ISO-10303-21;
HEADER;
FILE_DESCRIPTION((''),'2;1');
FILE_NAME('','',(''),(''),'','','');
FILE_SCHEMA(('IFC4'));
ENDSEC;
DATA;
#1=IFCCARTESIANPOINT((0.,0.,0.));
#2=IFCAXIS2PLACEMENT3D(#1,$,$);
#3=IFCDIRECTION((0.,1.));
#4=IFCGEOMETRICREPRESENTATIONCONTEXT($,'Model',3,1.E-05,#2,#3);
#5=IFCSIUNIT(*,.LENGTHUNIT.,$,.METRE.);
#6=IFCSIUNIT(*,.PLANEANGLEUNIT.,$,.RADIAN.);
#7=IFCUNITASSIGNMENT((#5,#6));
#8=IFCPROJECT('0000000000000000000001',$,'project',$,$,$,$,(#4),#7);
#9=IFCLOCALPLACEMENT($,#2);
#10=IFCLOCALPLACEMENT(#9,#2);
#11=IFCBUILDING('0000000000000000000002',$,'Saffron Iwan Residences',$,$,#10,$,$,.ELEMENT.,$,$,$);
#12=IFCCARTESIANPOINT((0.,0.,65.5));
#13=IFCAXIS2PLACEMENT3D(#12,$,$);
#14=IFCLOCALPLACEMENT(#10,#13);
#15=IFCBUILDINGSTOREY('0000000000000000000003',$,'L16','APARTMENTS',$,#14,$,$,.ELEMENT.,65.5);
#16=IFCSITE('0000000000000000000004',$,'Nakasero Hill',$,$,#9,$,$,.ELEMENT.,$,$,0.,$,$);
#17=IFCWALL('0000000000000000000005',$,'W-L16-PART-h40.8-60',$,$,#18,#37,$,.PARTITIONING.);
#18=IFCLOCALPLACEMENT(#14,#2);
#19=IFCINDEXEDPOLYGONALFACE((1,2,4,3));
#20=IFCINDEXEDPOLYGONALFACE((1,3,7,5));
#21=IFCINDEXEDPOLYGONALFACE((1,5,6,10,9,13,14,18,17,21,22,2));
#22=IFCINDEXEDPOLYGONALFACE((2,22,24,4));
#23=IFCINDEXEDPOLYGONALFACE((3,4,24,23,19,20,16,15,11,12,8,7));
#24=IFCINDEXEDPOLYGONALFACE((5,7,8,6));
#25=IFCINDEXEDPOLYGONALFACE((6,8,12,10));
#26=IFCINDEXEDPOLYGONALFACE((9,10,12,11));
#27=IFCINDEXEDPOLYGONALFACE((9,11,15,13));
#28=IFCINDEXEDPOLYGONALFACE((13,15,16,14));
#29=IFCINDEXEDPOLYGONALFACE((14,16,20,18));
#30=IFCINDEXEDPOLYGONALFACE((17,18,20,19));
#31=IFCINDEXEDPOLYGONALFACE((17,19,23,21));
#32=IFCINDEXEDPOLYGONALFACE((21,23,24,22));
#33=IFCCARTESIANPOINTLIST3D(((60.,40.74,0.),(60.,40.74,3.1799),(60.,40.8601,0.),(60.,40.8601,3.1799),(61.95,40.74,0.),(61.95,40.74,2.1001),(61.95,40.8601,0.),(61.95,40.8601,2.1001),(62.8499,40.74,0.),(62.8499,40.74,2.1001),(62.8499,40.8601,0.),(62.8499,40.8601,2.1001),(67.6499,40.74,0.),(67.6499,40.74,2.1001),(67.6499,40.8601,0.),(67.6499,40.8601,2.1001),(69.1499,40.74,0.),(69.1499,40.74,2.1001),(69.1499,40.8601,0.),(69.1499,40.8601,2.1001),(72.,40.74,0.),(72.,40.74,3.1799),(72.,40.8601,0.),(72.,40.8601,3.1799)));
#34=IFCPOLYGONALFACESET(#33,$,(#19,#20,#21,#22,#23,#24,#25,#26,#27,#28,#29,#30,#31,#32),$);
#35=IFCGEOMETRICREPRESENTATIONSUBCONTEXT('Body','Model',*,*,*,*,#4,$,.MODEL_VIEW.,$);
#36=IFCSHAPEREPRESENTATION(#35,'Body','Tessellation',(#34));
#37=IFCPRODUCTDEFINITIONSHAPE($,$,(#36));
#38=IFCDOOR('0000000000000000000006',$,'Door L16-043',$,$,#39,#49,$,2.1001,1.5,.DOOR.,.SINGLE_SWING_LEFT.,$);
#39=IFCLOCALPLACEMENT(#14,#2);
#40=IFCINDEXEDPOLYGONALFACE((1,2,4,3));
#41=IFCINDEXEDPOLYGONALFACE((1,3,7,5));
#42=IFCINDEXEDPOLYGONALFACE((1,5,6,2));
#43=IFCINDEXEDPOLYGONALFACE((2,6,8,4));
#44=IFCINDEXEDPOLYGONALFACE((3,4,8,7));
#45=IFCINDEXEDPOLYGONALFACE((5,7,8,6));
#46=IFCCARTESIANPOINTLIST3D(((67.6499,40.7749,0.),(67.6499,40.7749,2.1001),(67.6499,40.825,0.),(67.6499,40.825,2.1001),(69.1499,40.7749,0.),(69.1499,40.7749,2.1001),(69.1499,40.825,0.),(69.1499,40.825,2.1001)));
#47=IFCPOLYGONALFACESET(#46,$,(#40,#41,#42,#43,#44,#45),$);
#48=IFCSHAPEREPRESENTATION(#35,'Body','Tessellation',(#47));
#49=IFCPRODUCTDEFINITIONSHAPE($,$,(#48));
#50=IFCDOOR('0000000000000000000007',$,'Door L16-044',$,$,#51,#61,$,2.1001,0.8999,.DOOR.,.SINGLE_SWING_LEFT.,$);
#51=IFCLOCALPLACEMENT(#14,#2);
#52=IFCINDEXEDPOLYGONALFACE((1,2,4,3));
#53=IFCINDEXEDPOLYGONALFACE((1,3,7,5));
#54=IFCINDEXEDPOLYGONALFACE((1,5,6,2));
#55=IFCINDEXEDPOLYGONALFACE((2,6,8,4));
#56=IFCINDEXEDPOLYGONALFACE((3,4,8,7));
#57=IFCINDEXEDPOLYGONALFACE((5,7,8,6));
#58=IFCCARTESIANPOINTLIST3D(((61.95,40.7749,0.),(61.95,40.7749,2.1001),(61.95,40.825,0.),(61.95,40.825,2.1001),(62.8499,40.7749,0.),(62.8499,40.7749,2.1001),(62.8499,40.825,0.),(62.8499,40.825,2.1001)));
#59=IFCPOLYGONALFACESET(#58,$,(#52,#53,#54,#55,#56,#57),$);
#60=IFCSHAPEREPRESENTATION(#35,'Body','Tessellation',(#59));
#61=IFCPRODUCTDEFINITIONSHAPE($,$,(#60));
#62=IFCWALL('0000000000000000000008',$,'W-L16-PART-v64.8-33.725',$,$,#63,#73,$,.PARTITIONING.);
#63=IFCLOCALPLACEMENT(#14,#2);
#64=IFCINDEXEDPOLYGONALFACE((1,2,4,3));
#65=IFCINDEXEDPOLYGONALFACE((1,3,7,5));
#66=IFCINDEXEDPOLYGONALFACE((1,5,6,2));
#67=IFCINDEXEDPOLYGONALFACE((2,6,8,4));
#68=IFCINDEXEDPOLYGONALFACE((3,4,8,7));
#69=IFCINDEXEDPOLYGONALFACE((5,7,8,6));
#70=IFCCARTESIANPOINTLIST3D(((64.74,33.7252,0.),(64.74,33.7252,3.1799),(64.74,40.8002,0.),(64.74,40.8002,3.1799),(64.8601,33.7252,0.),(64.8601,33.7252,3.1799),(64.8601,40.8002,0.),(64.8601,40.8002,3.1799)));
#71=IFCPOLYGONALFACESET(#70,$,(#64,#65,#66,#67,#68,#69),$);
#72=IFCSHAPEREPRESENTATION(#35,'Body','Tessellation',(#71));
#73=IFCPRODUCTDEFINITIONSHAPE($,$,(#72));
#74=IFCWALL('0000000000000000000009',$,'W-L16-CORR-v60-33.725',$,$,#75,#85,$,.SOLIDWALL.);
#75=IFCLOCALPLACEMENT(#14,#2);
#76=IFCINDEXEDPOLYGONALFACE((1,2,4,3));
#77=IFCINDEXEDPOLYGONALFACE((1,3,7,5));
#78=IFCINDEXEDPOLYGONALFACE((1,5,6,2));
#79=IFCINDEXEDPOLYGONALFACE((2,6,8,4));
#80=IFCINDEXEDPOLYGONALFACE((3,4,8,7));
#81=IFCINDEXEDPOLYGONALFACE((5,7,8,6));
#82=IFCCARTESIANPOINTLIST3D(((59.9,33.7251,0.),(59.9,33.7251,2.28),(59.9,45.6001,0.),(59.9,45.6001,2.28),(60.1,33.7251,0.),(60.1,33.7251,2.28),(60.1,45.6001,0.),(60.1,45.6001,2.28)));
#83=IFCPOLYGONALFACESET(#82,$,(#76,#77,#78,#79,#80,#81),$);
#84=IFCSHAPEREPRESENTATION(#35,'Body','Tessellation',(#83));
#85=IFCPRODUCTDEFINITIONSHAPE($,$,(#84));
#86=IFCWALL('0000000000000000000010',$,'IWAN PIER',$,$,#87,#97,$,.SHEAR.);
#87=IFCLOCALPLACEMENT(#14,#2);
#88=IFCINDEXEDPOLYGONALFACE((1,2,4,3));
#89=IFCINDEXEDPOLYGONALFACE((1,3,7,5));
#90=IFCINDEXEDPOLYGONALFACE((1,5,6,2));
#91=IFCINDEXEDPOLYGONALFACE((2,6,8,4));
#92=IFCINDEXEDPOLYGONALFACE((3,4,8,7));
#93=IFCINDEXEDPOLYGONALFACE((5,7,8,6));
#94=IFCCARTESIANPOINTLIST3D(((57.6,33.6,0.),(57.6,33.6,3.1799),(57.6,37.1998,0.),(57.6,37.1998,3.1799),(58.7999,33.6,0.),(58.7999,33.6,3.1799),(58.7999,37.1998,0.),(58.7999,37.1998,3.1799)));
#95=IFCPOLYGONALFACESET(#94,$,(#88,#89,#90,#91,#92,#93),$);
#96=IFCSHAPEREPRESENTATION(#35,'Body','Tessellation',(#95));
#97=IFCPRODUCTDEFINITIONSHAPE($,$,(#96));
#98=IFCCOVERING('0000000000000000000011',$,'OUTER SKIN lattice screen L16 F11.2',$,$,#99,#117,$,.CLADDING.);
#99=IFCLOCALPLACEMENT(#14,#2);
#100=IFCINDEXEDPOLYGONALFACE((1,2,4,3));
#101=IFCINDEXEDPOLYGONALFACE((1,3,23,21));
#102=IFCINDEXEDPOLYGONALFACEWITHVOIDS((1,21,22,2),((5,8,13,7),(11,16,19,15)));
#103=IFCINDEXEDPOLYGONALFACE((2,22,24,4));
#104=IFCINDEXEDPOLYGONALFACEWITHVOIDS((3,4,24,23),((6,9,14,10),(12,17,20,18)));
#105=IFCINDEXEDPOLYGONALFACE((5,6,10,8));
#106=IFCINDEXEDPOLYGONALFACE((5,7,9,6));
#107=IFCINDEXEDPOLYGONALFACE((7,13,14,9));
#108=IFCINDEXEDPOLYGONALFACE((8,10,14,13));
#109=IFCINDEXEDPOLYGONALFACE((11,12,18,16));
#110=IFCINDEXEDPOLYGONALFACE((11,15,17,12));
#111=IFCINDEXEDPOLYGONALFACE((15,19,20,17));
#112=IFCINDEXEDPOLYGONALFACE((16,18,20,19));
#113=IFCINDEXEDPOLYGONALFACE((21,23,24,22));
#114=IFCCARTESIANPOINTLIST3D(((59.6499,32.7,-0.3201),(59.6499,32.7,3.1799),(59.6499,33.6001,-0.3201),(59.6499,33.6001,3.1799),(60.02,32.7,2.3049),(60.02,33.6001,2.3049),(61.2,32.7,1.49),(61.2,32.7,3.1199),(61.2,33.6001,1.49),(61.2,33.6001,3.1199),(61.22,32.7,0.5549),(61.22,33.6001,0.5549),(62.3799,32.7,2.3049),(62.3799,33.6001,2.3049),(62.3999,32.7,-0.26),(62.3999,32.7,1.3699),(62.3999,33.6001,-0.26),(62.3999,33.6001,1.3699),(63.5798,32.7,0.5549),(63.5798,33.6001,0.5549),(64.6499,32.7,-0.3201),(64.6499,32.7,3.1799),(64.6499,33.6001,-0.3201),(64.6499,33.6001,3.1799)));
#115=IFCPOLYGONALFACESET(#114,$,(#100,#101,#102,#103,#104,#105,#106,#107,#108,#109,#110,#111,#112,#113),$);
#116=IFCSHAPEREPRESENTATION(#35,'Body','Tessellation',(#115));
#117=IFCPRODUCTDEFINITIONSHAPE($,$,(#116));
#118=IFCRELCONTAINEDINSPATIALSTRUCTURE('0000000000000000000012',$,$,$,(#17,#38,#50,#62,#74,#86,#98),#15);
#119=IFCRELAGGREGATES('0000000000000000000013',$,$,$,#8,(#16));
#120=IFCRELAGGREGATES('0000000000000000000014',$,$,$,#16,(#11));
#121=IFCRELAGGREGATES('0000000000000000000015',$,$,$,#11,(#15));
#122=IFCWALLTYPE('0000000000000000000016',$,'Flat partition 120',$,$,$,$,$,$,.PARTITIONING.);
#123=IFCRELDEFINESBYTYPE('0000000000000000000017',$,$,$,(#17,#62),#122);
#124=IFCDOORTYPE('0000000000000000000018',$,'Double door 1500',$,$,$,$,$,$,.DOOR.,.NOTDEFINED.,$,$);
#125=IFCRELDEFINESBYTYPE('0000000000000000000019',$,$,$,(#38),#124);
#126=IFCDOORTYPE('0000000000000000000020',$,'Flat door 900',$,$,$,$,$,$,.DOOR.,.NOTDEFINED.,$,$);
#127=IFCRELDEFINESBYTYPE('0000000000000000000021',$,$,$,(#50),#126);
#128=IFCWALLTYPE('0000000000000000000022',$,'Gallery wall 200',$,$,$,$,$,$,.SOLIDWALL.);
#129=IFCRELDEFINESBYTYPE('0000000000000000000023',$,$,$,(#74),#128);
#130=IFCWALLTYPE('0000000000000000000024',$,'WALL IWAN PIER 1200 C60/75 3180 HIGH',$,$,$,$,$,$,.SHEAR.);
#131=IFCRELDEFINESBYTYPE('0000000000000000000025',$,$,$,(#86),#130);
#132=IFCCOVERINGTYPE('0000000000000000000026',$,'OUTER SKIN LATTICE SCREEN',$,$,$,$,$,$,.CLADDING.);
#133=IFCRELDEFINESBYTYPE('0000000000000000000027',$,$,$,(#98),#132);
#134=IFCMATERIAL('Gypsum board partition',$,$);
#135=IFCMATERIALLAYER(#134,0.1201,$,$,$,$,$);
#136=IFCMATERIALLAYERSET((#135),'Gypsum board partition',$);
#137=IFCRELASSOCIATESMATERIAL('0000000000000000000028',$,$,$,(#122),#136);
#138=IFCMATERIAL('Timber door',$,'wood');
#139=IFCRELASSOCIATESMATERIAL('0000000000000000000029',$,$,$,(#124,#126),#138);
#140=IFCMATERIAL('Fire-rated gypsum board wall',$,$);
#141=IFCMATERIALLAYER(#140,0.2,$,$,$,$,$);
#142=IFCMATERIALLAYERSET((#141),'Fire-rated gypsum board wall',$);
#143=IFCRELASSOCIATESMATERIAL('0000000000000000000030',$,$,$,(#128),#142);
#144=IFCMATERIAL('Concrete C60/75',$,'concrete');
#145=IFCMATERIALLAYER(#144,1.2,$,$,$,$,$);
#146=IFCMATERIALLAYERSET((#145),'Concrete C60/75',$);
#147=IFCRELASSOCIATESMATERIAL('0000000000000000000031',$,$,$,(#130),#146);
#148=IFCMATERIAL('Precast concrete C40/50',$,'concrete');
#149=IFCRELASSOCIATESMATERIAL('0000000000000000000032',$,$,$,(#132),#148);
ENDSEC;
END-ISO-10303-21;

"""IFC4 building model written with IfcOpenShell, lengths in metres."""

from ifc_helpers import new_model, si_unit, direction, frame, frame_2d, origin, place, context, subcontext, project, spatial, polyline, rectangle, outline, extrude, material, layer, layer_set, type_object, element, fill, save


model = new_model("IFC4")

# Units and contexts
model_context = context("Model", 3, precision=1e-05, world=origin(), true_north=direction((0.0, 1.0)))
body_context = subcontext(model_context, "Body", "Model", "MODEL_VIEW")
ifc_project = project(units=[si_unit("LENGTHUNIT", "METRE"), si_unit("PLANEANGLEUNIT", "RADIAN")], contexts=[model_context])

# Site, building, storey
site_placement = place(None, origin())
site = spatial("IfcSite", under=ifc_project, at=site_placement, Name="Nakasero Hill", CompositionType="ELEMENT", RefElevation=0.0)
building_placement = place(site_placement, origin())
building = spatial("IfcBuilding", under=site, at=building_placement, Name="Saffron Iwan Residences", CompositionType="ELEMENT")
storey_placement = place(building_placement, frame((0.0, 0.0, 65.5)))
storey = spatial("IfcBuildingStorey", under=building, at=storey_placement, Name="L16", Description="APARTMENTS", CompositionType="ELEMENT", Elevation=65.5)

# Shared definitions
ifc_material_1 = material(Name="Concrete C60/75", Category="concrete")

# Wall, openings, doors
ifc_material_2 = material(Name="Gypsum board partition")
ifc_layer_1 = layer(ifc_material_2, 0.1201)
ifc_layer_set_1 = layer_set([ifc_layer_1], Name="Gypsum board partition")
wall_type_1 = type_object("IfcWallType", Name="Flat partition 120", PredefinedType="PARTITIONING", material=ifc_layer_set_1)
wall_1_placement = place(storey_placement, frame((60.0, 40.8, 0.0), z_axis=(0.0, 0.0, 1.0), x_axis=(1.0, 0.0, 0.0)))
wall_1 = element("IfcWall", 1, at=wall_1_placement, inside=storey, type_object=wall_type_1, Name="W-L16-PART-h40.8-60", PredefinedType="PARTITIONING", context=body_context, shape_type="SweptSolid", body=[
    extrude(rectangle(XDim=12.0, YDim=0.1201, at=frame_2d((6.0, 0.0))), origin(), (0.0, 0.0, 1.0), 3.1799),
])
opening_1_placement = place(wall_1_placement, frame((7.6499, 0.0, 0.0)))
opening_1 = element("IfcOpeningElement", 2, at=opening_1_placement, cuts=wall_1, PredefinedType="OPENING", context=body_context, shape_type="SweptSolid", body=[
    extrude(rectangle(XDim=1.5, YDim=2.1001, at=frame_2d((0.75, 1.05))), frame((0.0, 0.0701, 0.0), z_axis=(0.0, -1.0, 0.0), x_axis=(1.0, 0.0, 0.0)), (0.0, 0.0, 1.0), 0.1401),
])
opening_2_placement = place(wall_1_placement, frame((1.95, 0.0, 0.0)))
opening_2 = element("IfcOpeningElement", 3, at=opening_2_placement, cuts=wall_1, PredefinedType="OPENING", context=body_context, shape_type="SweptSolid", body=[
    extrude(rectangle(XDim=0.8999, YDim=2.1001, at=frame_2d((0.45, 1.05))), frame((0.0, 0.0701, 0.0), z_axis=(0.0, -1.0, 0.0), x_axis=(1.0, 0.0, 0.0)), (0.0, 0.0, 1.0), 0.1401),
])
ifc_material_3 = material(Name="Timber door", Category="wood")
door_type_1 = type_object("IfcDoorType", Name="Double door 1500", OperationType="NOTDEFINED", PredefinedType="DOOR", material=ifc_material_3)
door_1_placement = place(opening_1_placement, origin())
door_1 = element("IfcDoor", 4, at=door_1_placement, inside=storey, type_object=door_type_1, Name="Door L16-043", OperationType="SINGLE_SWING_LEFT", OverallHeight=2.1001, OverallWidth=1.5, PredefinedType="DOOR", context=body_context, shape_type="SweptSolid", body=[
    extrude(rectangle(XDim=1.5, YDim=2.1001, at=frame_2d((0.75, 1.05))), frame((0.0, 0.0249, 0.0), z_axis=(0.0, -1.0, 0.0), x_axis=(1.0, 0.0, 0.0)), (0.0, 0.0, 1.0), 0.05),
])
fill(opening_1, door_1)
door_type_2 = type_object("IfcDoorType", Name="Flat door 900", OperationType="NOTDEFINED", PredefinedType="DOOR", material=ifc_material_3)
door_2_placement = place(opening_2_placement, origin())
door_2 = element("IfcDoor", 5, at=door_2_placement, inside=storey, type_object=door_type_2, Name="Door L16-044", OperationType="SINGLE_SWING_LEFT", OverallHeight=2.1001, OverallWidth=0.8999, PredefinedType="DOOR", context=body_context, shape_type="SweptSolid", body=[
    extrude(rectangle(XDim=0.8999, YDim=2.1001, at=frame_2d((0.45, 1.05))), frame((0.0, 0.0249, 0.0), z_axis=(0.0, -1.0, 0.0), x_axis=(1.0, 0.0, 0.0)), (0.0, 0.0, 1.0), 0.05),
])
fill(opening_2, door_2)

# Walls
wall_2_placement = place(storey_placement, frame((64.8, 33.7251, 0.0), z_axis=(0.0, 0.0, 1.0), x_axis=(0.0, 1.0, 0.0)))
element("IfcWall", 6, at=wall_2_placement, inside=storey, type_object=wall_type_1, Name="W-L16-PART-v64.8-33.725", PredefinedType="PARTITIONING", context=body_context, shape_type="SweptSolid", body=[
    extrude(rectangle(XDim=7.075, YDim=0.1201, at=frame_2d((3.5376, 0.0))), origin(), (0.0, 0.0, 1.0), 3.1799),
])
ifc_material_4 = material(Name="Fire-rated gypsum board wall")
ifc_layer_2 = layer(ifc_material_4, 0.2)
ifc_layer_set_2 = layer_set([ifc_layer_2], Name="Fire-rated gypsum board wall")
wall_type_2 = type_object("IfcWallType", Name="Gallery wall 200", PredefinedType="SOLIDWALL", material=ifc_layer_set_2)
wall_3_placement = place(storey_placement, frame((60.0, 33.7251, 0.0), z_axis=(0.0, 0.0, 1.0), x_axis=(0.0, 1.0, 0.0)))
element("IfcWall", 7, at=wall_3_placement, inside=storey, type_object=wall_type_2, Name="W-L16-CORR-v60-33.725", PredefinedType="SOLIDWALL", context=body_context, shape_type="SweptSolid", body=[
    extrude(rectangle(XDim=11.875, YDim=0.2, at=frame_2d((5.9375, 0.0))), origin(), (0.0, 0.0, 1.0), 2.28),
])
ifc_layer_3 = layer(ifc_material_1, 1.2)
ifc_layer_set_3 = layer_set([ifc_layer_3], Name="Concrete C60/75")
wall_type_3 = type_object("IfcWallType", Name="WALL IWAN PIER 1200 C60/75 3180 HIGH", PredefinedType="SHEAR", material=ifc_layer_set_3)
wall_4_placement = place(storey_placement, frame((58.2, 33.6001, 0.0), z_axis=(0.0, 0.0, 1.0), x_axis=(0.0, 1.0, 0.0)))
element("IfcWall", 8, at=wall_4_placement, inside=storey, type_object=wall_type_3, Name="IWAN PIER", PredefinedType="SHEAR", context=body_context, shape_type="SweptSolid", body=[
    extrude(rectangle(XDim=3.5999, YDim=1.2, at=frame_2d((1.7998, 0.0))), origin(), (0.0, 0.0, 1.0), 3.1799),
])

# Covering
ifc_material_5 = material(Name="Precast concrete C40/50", Category="concrete")
covering_type = type_object("IfcCoveringType", Name="OUTER SKIN LATTICE SCREEN", PredefinedType="CLADDING", material=ifc_material_5)
covering_placement = place(storey_placement, frame((59.6499, 33.6001, -0.3201), z_axis=(0.0, -1.0, 0.0), x_axis=(1.0, 0.0, 0.0)))
element("IfcCovering", 9, at=covering_placement, inside=storey, type_object=covering_type, Name="OUTER SKIN lattice screen L16 F11.2", PredefinedType="CLADDING", context=body_context, shape_type="SweptSolid", body=[
    extrude(outline(polyline([(0.0, 0.0), (5.0, 0.0), (5.0, 3.5), (0.0, 3.5), (0.0, 0.0)]), holes=[polyline([(1.5701, 0.875), (2.75, 0.0601), (3.9299, 0.875), (2.75, 1.6899), (1.5701, 0.875)]), polyline([(0.3701, 2.625), (1.55, 1.8101), (2.73, 2.625), (1.55, 3.4399), (0.3701, 2.625)])]), origin(), (0.0, 0.0, 1.0), 0.9001),
])

save(model, "model.ifc")
